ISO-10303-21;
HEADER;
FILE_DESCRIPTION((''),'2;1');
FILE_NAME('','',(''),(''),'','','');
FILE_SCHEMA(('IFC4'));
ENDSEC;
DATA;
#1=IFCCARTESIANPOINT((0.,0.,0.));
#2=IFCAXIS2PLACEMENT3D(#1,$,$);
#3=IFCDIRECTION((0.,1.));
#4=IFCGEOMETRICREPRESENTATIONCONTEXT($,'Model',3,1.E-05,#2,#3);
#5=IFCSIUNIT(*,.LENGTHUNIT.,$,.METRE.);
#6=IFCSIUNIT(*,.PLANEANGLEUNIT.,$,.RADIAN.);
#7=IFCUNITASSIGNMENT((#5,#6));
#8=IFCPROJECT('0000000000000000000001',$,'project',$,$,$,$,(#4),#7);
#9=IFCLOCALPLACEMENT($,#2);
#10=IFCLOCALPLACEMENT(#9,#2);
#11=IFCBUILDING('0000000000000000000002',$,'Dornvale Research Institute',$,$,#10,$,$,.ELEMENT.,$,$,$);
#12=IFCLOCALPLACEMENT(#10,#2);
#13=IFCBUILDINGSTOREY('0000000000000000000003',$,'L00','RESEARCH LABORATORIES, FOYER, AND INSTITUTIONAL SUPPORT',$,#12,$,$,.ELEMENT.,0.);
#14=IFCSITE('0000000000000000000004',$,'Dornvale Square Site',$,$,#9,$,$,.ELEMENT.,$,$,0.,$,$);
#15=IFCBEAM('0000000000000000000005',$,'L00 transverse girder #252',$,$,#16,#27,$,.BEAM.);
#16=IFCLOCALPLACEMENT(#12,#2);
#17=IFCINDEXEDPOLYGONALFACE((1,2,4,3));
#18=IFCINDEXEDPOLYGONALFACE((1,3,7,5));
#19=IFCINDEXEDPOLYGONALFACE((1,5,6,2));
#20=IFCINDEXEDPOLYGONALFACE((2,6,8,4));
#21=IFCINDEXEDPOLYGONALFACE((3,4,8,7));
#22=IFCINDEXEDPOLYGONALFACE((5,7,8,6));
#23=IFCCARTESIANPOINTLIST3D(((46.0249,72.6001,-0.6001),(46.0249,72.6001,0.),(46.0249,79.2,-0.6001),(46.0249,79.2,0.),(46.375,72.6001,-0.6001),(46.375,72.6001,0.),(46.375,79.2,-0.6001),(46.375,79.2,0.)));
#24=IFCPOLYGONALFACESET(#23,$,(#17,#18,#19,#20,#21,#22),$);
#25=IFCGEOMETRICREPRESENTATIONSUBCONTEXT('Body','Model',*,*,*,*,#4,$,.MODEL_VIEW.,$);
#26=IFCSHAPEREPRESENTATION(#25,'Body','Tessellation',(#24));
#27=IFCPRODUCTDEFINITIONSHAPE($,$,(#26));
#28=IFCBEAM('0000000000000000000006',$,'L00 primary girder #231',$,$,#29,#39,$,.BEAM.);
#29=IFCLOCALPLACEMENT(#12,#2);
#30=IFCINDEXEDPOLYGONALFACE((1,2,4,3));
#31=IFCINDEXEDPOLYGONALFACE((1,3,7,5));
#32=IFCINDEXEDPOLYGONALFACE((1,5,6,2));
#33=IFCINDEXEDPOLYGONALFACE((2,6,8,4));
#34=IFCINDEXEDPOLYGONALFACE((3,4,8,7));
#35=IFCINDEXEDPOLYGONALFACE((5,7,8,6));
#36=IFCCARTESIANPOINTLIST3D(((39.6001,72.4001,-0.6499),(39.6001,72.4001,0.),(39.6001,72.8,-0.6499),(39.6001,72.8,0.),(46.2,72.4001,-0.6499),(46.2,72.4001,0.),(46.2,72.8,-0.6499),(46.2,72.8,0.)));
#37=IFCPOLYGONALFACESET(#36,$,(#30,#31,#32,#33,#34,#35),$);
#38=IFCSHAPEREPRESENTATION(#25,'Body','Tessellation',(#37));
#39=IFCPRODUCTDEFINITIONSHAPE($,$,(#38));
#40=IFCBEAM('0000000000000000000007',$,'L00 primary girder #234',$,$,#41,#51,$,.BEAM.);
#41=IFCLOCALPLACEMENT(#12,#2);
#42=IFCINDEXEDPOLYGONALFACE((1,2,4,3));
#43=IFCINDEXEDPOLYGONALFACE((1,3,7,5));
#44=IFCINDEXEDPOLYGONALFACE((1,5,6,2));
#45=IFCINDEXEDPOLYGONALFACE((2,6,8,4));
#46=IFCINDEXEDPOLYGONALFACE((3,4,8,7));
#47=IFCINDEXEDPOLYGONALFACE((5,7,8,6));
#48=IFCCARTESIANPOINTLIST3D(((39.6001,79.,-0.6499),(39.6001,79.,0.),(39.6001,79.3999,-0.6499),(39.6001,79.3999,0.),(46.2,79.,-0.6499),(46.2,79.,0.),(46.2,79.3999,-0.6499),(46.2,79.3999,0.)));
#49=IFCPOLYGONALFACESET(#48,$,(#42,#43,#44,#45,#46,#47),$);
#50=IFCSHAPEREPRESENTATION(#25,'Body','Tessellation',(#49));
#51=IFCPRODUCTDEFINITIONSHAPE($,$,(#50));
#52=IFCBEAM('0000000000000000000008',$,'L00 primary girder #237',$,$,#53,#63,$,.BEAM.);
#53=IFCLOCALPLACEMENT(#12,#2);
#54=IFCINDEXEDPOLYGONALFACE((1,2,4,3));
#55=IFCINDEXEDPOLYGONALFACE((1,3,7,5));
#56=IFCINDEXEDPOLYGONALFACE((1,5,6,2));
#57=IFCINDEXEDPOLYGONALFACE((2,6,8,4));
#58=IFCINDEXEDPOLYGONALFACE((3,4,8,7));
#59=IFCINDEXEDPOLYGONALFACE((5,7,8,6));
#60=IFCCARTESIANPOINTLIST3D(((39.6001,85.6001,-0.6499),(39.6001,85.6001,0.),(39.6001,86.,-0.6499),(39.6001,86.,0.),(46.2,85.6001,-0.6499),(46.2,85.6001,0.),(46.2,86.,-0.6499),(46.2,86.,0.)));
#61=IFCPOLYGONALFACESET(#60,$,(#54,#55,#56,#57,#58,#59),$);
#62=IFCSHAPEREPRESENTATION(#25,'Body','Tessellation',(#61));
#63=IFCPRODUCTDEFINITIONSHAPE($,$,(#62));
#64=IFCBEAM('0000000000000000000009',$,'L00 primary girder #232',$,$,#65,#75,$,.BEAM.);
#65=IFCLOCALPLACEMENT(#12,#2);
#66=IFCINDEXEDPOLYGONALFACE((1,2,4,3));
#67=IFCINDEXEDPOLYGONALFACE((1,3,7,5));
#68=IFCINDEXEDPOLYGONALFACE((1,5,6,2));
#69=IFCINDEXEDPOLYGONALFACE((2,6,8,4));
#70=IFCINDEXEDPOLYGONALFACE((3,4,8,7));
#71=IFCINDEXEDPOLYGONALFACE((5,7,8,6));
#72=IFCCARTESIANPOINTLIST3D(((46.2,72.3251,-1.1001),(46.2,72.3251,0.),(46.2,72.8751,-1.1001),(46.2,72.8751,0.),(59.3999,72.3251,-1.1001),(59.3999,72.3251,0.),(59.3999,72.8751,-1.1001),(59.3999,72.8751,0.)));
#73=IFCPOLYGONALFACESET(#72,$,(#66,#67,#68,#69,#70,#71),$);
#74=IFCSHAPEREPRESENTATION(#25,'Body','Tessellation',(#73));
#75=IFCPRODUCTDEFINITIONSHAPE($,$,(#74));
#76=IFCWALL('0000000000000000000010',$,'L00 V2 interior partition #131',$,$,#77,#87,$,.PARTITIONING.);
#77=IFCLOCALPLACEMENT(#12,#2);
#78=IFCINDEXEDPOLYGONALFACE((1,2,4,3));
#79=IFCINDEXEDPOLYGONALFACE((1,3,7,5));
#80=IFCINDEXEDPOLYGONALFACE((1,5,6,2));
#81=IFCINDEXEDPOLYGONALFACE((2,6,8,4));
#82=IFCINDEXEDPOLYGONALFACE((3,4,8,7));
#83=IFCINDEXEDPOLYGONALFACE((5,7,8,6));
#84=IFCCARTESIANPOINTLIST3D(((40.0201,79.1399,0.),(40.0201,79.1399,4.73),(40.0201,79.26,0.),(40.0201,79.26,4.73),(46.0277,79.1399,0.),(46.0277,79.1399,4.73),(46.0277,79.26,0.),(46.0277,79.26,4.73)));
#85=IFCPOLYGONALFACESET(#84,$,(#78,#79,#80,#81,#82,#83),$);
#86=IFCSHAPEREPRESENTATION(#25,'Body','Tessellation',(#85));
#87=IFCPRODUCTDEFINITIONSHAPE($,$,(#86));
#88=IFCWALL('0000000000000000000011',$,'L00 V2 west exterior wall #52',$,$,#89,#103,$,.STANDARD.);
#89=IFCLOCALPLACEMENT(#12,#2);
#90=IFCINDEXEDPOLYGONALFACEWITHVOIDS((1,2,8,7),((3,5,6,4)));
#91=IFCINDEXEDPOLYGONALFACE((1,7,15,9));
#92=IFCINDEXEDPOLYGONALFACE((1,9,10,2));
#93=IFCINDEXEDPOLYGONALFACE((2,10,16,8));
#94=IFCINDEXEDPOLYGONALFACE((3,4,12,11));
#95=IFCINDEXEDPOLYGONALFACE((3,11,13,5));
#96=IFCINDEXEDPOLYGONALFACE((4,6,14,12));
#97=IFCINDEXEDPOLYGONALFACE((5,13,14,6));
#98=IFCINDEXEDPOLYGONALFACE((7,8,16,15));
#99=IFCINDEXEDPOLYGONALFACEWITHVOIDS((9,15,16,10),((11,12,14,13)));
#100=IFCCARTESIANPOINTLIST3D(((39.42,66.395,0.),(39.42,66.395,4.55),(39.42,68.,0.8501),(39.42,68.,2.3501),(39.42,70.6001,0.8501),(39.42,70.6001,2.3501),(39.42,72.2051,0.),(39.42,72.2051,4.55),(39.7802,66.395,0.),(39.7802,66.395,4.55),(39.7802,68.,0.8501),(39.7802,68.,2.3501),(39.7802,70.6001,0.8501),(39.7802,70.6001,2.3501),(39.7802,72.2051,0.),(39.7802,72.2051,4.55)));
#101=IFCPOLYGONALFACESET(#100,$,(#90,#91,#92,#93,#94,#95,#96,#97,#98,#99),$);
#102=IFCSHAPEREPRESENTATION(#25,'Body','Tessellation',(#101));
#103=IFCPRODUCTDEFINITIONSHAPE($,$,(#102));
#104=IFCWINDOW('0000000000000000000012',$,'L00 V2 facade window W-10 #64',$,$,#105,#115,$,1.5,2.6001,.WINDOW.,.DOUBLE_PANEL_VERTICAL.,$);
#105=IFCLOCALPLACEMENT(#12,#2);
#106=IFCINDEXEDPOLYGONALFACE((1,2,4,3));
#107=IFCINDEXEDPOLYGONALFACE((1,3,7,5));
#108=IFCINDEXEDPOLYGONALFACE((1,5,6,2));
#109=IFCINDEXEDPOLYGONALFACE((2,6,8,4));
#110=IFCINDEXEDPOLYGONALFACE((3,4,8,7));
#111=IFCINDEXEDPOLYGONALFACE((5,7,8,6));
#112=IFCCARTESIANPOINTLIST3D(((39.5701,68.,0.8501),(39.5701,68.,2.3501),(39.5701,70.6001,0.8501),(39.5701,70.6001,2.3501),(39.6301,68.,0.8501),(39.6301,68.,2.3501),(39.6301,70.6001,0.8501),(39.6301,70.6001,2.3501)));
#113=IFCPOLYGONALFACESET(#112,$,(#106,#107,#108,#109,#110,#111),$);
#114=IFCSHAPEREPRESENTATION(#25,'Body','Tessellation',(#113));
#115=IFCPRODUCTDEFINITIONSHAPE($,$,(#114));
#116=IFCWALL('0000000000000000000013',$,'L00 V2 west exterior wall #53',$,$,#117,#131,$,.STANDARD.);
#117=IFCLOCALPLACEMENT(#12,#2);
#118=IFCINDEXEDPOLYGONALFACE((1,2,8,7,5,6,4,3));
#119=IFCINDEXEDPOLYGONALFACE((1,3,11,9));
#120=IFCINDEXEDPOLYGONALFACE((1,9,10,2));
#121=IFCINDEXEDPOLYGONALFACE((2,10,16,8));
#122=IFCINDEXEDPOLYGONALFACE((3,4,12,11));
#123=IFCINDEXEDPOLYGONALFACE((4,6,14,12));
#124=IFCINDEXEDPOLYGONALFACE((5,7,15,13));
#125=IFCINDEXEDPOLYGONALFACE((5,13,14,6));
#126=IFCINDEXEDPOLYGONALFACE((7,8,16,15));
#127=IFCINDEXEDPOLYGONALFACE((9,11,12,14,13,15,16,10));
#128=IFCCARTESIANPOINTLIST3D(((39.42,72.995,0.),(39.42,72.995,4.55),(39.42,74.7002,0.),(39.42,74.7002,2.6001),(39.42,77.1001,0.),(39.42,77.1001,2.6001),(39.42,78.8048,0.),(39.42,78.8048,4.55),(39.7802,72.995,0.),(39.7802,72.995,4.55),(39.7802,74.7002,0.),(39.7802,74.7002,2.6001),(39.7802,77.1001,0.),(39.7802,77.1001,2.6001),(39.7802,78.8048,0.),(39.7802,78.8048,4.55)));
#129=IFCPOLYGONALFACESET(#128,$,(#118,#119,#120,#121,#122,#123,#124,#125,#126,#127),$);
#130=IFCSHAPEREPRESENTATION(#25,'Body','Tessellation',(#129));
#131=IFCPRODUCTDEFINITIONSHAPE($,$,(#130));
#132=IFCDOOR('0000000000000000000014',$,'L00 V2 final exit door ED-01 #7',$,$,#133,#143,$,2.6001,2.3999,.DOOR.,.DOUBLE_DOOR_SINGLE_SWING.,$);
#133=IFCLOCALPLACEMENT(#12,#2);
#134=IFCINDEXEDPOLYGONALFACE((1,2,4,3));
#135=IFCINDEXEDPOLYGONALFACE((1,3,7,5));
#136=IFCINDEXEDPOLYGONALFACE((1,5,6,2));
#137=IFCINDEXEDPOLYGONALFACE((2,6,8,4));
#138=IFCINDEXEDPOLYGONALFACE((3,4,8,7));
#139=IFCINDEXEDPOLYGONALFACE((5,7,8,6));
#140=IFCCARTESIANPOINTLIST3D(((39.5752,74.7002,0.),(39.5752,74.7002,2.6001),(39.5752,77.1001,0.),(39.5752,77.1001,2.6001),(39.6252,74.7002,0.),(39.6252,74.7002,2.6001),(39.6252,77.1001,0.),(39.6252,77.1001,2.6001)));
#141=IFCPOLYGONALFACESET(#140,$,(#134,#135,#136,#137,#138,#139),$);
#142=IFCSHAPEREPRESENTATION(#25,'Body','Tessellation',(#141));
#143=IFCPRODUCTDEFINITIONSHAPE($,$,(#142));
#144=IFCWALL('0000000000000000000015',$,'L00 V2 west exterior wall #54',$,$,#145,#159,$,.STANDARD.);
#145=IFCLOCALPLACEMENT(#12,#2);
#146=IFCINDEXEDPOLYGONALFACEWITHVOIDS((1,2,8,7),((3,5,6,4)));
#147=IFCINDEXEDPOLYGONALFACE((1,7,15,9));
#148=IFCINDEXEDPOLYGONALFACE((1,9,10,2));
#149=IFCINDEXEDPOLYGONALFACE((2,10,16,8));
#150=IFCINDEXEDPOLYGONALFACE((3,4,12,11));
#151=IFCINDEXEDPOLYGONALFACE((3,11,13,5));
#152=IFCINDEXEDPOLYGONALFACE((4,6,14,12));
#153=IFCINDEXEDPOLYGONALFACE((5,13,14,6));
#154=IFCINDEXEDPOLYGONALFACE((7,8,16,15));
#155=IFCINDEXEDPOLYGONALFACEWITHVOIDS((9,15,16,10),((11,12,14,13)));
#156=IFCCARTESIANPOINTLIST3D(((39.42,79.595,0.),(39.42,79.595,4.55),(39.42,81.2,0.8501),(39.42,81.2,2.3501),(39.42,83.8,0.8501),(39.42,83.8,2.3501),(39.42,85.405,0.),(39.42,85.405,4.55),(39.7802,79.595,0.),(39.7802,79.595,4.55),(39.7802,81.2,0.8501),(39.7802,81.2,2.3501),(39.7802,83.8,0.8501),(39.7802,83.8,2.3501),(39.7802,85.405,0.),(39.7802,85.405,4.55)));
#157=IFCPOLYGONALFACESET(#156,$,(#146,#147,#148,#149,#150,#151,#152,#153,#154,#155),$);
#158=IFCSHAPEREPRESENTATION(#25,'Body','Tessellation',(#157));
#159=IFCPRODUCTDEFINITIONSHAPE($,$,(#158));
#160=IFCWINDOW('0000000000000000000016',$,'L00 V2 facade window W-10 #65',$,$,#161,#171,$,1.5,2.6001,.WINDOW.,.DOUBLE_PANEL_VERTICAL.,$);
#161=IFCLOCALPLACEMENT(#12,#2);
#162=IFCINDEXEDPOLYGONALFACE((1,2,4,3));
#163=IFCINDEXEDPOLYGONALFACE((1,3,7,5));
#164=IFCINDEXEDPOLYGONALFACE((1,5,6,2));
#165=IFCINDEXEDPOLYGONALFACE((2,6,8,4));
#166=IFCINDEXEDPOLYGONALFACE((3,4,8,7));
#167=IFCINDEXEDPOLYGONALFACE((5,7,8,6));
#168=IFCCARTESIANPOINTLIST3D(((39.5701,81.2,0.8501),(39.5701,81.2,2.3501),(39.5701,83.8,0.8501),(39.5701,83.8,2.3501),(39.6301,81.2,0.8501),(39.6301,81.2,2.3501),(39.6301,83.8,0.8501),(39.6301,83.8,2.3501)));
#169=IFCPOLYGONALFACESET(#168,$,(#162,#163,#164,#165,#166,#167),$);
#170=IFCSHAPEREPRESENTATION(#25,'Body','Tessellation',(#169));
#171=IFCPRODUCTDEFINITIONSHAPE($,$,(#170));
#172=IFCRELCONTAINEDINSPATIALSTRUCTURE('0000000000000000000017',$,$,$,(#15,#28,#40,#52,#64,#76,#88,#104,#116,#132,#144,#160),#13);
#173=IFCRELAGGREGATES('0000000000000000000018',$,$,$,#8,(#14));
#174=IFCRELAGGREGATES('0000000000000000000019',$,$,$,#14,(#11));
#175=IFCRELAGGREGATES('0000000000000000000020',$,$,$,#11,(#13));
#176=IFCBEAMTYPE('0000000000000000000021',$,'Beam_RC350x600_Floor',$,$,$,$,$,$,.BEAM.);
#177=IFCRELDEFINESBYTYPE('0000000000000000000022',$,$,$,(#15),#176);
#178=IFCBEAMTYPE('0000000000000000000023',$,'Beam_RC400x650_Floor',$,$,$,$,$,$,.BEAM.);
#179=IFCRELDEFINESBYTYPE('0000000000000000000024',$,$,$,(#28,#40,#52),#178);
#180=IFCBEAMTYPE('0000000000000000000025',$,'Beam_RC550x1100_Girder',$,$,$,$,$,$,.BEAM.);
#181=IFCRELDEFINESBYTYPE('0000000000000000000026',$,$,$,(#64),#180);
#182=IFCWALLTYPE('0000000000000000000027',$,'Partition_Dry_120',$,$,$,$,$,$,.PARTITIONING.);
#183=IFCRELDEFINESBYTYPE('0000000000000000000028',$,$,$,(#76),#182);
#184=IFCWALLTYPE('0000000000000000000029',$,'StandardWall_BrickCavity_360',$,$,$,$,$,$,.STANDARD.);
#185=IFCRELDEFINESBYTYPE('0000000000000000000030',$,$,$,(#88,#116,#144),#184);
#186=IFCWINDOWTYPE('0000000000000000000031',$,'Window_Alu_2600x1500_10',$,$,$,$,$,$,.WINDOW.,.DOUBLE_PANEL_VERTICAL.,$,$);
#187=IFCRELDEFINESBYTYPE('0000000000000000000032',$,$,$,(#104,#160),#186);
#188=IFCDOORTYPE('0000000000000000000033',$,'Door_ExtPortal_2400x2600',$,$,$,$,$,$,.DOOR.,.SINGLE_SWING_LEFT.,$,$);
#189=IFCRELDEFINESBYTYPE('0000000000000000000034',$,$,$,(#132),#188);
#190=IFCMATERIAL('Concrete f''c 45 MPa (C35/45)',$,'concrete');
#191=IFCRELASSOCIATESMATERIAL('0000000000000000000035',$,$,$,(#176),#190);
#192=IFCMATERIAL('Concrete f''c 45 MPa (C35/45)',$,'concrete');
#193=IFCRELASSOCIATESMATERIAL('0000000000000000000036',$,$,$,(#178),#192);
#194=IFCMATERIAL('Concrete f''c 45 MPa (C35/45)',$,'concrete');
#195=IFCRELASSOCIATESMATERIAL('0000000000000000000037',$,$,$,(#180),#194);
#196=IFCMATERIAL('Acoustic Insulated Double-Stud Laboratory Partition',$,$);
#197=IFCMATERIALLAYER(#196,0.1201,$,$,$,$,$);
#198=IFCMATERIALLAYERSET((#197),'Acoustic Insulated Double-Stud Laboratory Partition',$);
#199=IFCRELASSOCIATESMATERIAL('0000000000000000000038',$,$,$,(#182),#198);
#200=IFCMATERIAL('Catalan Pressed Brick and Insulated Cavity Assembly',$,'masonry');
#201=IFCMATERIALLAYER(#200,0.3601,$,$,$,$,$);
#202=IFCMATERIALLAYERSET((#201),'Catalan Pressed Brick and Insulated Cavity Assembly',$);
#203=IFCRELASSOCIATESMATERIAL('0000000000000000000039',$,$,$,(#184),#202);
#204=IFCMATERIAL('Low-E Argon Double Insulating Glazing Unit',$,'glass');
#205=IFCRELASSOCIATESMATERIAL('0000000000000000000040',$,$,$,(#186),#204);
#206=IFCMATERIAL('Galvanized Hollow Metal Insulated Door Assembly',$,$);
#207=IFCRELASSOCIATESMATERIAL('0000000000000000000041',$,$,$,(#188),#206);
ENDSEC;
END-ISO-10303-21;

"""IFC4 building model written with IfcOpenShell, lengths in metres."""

from ifc_helpers import new_model, si_unit, direction, frame, frame_2d, origin, origin_2d, place, context, subcontext, project, spatial, rectangle, extrude, material, layer, layer_set, material_profile, profile_set, type_object, element, fill, save


model = new_model("IFC4")

# Units and contexts
model_context = context("Model", 3, precision=1e-05, world=origin(), true_north=direction((0.0, 1.0)))
body_context = subcontext(model_context, "Body", "Model", "MODEL_VIEW")
ifc_project = project(units=[si_unit("LENGTHUNIT", "METRE"), si_unit("PLANEANGLEUNIT", "RADIAN")], contexts=[model_context])

# Site, building, storey
site_placement = place(None, origin())
site = spatial("IfcSite", under=ifc_project, at=site_placement, Name="Dornvale Square Site", CompositionType="ELEMENT", RefElevation=0.0)
building_placement = place(site_placement, origin())
building = spatial("IfcBuilding", under=site, at=building_placement, Name="Dornvale Research Institute", CompositionType="ELEMENT")
storey_placement = place(building_placement, origin())
storey = spatial("IfcBuildingStorey", under=building, at=storey_placement, Name="L00", Description="RESEARCH LABORATORIES, FOYER, AND INSTITUTIONAL SUPPORT", CompositionType="ELEMENT", Elevation=0.0)

# Beams
ifc_material_1 = material(Name="Concrete f'c 45 MPa (C35/45)", Category="concrete")
ifc_material_profile_1 = material_profile(ifc_material_1, rectangle(XDim=0.3501, YDim=0.6001, at=origin_2d()), Name="RC 350x600")
ifc_profile_set_1 = profile_set([ifc_material_profile_1], Name="Concrete f'c 45 MPa (C35/45)")
beam_type_1 = type_object("IfcBeamType", Name="Beam_RC350x600_Floor", PredefinedType="BEAM", material=ifc_profile_set_1)
beam_1_placement = place(storey_placement, frame((46.2, 72.6001, -0.3), z_axis=(0.0, 1.0, 0.0), x_axis=(-1.0, 0.0, 0.0)))
element("IfcBeam", 1, at=beam_1_placement, inside=storey, type_object=beam_type_1, Name="L00 transverse girder #252", PredefinedType="BEAM", context=body_context, shape_type="SweptSolid", body=[
    extrude(rectangle(XDim=0.3501, YDim=0.6001, at=origin_2d()), origin(), (0.0, 0.0, 1.0), 6.5999),
])
ifc_material_2 = material(Name="Concrete f'c 45 MPa (C35/45)", Category="concrete")
ifc_material_profile_2 = material_profile(ifc_material_2, rectangle(XDim=0.3999, YDim=0.6499, at=origin_2d()), Name="RC 400x650")
ifc_profile_set_2 = profile_set([ifc_material_profile_2], Name="Concrete f'c 45 MPa (C35/45)")
beam_type_2 = type_object("IfcBeamType", Name="Beam_RC400x650_Floor", PredefinedType="BEAM", material=ifc_profile_set_2)
for number, where, z_axis, x_axis, name in (
    (2, (39.6001, 72.6001, -0.325), (1.0, 0.0, 0.0), (0.0, 1.0, 0.0), "L00 primary girder #231"),
    (3, (39.6001, 79.2, -0.325), (1.0, 0.0, 0.0), (0.0, 1.0, 0.0), "L00 primary girder #234"),
    (4, (39.6001, 85.8, -0.325), (1.0, 0.0, 0.0), (0.0, 1.0, 0.0), "L00 primary girder #237"),
):
    element("IfcBeam", number, at=place(storey_placement, frame(where, z_axis=z_axis, x_axis=x_axis)), inside=storey, type_object=beam_type_2, Name=name, PredefinedType="BEAM", context=body_context, shape_type="SweptSolid", body=[
        extrude(rectangle(XDim=0.3999, YDim=0.6499, at=origin_2d()), origin(), (0.0, 0.0, 1.0), 6.5999),
    ])
ifc_material_3 = material(Name="Concrete f'c 45 MPa (C35/45)", Category="concrete")
ifc_material_profile_3 = material_profile(ifc_material_3, rectangle(XDim=0.55, YDim=1.1001, at=origin_2d()), Name="RC 550x1100")
ifc_profile_set_3 = profile_set([ifc_material_profile_3], Name="Concrete f'c 45 MPa (C35/45)")
beam_type_3 = type_object("IfcBeamType", Name="Beam_RC550x1100_Girder", PredefinedType="BEAM", material=ifc_profile_set_3)
beam_2_placement = place(storey_placement, frame((46.2, 72.6001, -0.55), z_axis=(1.0, 0.0, 0.0), x_axis=(0.0, 1.0, 0.0)))
element("IfcBeam", 5, at=beam_2_placement, inside=storey, type_object=beam_type_3, Name="L00 primary girder #232", PredefinedType="BEAM", context=body_context, shape_type="SweptSolid", body=[
    extrude(rectangle(XDim=0.55, YDim=1.1001, at=origin_2d()), origin(), (0.0, 0.0, 1.0), 13.2),
])

# Wall
ifc_material_4 = material(Name="Acoustic Insulated Double-Stud Laboratory Partition")
ifc_layer_1 = layer(ifc_material_4, 0.1201)
ifc_layer_set_1 = layer_set([ifc_layer_1], Name="Acoustic Insulated Double-Stud Laboratory Partition")
wall_type_1 = type_object("IfcWallType", Name="Partition_Dry_120", PredefinedType="PARTITIONING", material=ifc_layer_set_1)
wall_1_placement = place(storey_placement, frame((40.02, 79.2, 0.0), z_axis=(0.0, 0.0, 1.0), x_axis=(1.0, 0.0, 0.0)))
element("IfcWall", 6, at=wall_1_placement, inside=storey, type_object=wall_type_1, Name="L00 V2 interior partition #131", PredefinedType="PARTITIONING", context=body_context, shape_type="SweptSolid", body=[
    extrude(rectangle(XDim=6.0076, YDim=0.1201, at=frame_2d((3.0039, 0.0))), origin(), (0.0, 0.0, 1.0), 4.73),
])

# Wall, opening, window
ifc_material_5 = material(Name="Catalan Pressed Brick and Insulated Cavity Assembly", Category="masonry")
ifc_layer_2 = layer(ifc_material_5, 0.3601)
ifc_layer_set_2 = layer_set([ifc_layer_2], Name="Catalan Pressed Brick and Insulated Cavity Assembly")
wall_type_2 = type_object("IfcWallType", Name="StandardWall_BrickCavity_360", PredefinedType="STANDARD", material=ifc_layer_set_2)
wall_2_placement = place(storey_placement, frame((39.6001, 66.395, 0.0), z_axis=(0.0, 0.0, 1.0), x_axis=(0.0, 1.0, 0.0)))
wall_2 = element("IfcWall", 7, at=wall_2_placement, inside=storey, type_object=wall_type_2, Name="L00 V2 west exterior wall #52", PredefinedType="STANDARD", context=body_context, shape_type="SweptSolid", body=[
    extrude(rectangle(XDim=5.8101, YDim=0.3601, at=frame_2d((2.905, 0.0))), origin(), (0.0, 0.0, 1.0), 4.55),
])
opening_1_placement = place(wall_2_placement, frame((1.605, 0.0, 0.8501)))
opening_1 = element("IfcOpeningElement", 8, at=opening_1_placement, cuts=wall_2, PredefinedType="OPENING", context=body_context, shape_type="SweptSolid", body=[
    extrude(rectangle(XDim=2.6001, YDim=1.5, at=frame_2d((1.3, 0.75))), frame((0.0, 0.1951, 0.0), z_axis=(0.0, -1.0, 0.0), x_axis=(1.0, 0.0, 0.0)), (0.0, 0.0, 1.0), 0.3901),
])
ifc_material_6 = material(Name="Low-E Argon Double Insulating Glazing Unit", Category="glass")
window_type_1 = type_object("IfcWindowType", Name="Window_Alu_2600x1500_10", PartitioningType="DOUBLE_PANEL_VERTICAL", PredefinedType="WINDOW", material=ifc_material_6)
window_1_placement = place(opening_1_placement, origin())
window_1 = element("IfcWindow", 9, at=window_1_placement, inside=storey, type_object=window_type_1, Name="L00 V2 facade window W-10 #64", OverallHeight=1.5, OverallWidth=2.6001, PartitioningType="DOUBLE_PANEL_VERTICAL", PredefinedType="WINDOW", context=body_context, shape_type="SweptSolid", body=[
    extrude(rectangle(XDim=2.6001, YDim=1.5, at=frame_2d((1.3, 0.75))), frame((0.0, 0.03, 0.0), z_axis=(0.0, -1.0, 0.0), x_axis=(1.0, 0.0, 0.0)), (0.0, 0.0, 1.0), 0.0601),
])
fill(opening_1, window_1)

# Wall, opening, door
wall_3_placement = place(storey_placement, frame((39.6001, 72.9951, 0.0), z_axis=(0.0, 0.0, 1.0), x_axis=(0.0, 1.0, 0.0)))
wall_3 = element("IfcWall", 10, at=wall_3_placement, inside=storey, type_object=wall_type_2, Name="L00 V2 west exterior wall #53", PredefinedType="STANDARD", context=body_context, shape_type="SweptSolid", body=[
    extrude(rectangle(XDim=5.8098, YDim=0.3601, at=frame_2d((2.9048, 0.0))), origin(), (0.0, 0.0, 1.0), 4.55),
])
opening_2_placement = place(wall_3_placement, frame((1.7051, 0.0, 0.0)))
opening_2 = element("IfcOpeningElement", 11, at=opening_2_placement, cuts=wall_3, PredefinedType="OPENING", context=body_context, shape_type="SweptSolid", body=[
    extrude(rectangle(XDim=2.3999, YDim=2.6001, at=frame_2d((1.2, 1.3))), frame((0.0, 0.1951, 0.0), z_axis=(0.0, -1.0, 0.0), x_axis=(1.0, 0.0, 0.0)), (0.0, 0.0, 1.0), 0.3901),
])
ifc_material_7 = material(Name="Galvanized Hollow Metal Insulated Door Assembly")
door_type = type_object("IfcDoorType", Name="Door_ExtPortal_2400x2600", OperationType="SINGLE_SWING_LEFT", PredefinedType="DOOR", material=ifc_material_7)
door_placement = place(opening_2_placement, origin())
door = element("IfcDoor", 12, at=door_placement, inside=storey, type_object=door_type, Name="L00 V2 final exit door ED-01 #7", OperationType="DOUBLE_DOOR_SINGLE_SWING", OverallHeight=2.6001, OverallWidth=2.3999, PredefinedType="DOOR", context=body_context, shape_type="SweptSolid", body=[
    extrude(rectangle(XDim=2.3999, YDim=2.6001, at=frame_2d((1.2, 1.3))), frame((0.0, 0.0249, 0.0), z_axis=(0.0, -1.0, 0.0), x_axis=(1.0, 0.0, 0.0)), (0.0, 0.0, 1.0), 0.05),
])
fill(opening_2, door)

# Wall, opening, window
wall_4_placement = place(storey_placement, frame((39.6001, 79.595, 0.0), z_axis=(0.0, 0.0, 1.0), x_axis=(0.0, 1.0, 0.0)))
wall_4 = element("IfcWall", 13, at=wall_4_placement, inside=storey, type_object=wall_type_2, Name="L00 V2 west exterior wall #54", PredefinedType="STANDARD", context=body_context, shape_type="SweptSolid", body=[
    extrude(rectangle(XDim=5.8101, YDim=0.3601, at=frame_2d((2.905, 0.0))), origin(), (0.0, 0.0, 1.0), 4.55),
])
opening_3_placement = place(wall_4_placement, frame((1.605, 0.0, 0.8501)))
opening_3 = element("IfcOpeningElement", 14, at=opening_3_placement, cuts=wall_4, PredefinedType="OPENING", context=body_context, shape_type="SweptSolid", body=[
    extrude(rectangle(XDim=2.6001, YDim=1.5, at=frame_2d((1.3, 0.75))), frame((0.0, 0.1951, 0.0), z_axis=(0.0, -1.0, 0.0), x_axis=(1.0, 0.0, 0.0)), (0.0, 0.0, 1.0), 0.3901),
])
window_2_placement = place(opening_3_placement, origin())
window_2 = element("IfcWindow", 15, at=window_2_placement, inside=storey, type_object=window_type_1, Name="L00 V2 facade window W-10 #65", OverallHeight=1.5, OverallWidth=2.6001, PartitioningType="DOUBLE_PANEL_VERTICAL", PredefinedType="WINDOW", context=body_context, shape_type="SweptSolid", body=[
    extrude(rectangle(XDim=2.6001, YDim=1.5, at=frame_2d((1.3, 0.75))), frame((0.0, 0.03, 0.0), z_axis=(0.0, -1.0, 0.0), x_axis=(1.0, 0.0, 0.0)), (0.0, 0.0, 1.0), 0.0601),
])
fill(opening_3, window_2)

save(model, "model.ifc")
